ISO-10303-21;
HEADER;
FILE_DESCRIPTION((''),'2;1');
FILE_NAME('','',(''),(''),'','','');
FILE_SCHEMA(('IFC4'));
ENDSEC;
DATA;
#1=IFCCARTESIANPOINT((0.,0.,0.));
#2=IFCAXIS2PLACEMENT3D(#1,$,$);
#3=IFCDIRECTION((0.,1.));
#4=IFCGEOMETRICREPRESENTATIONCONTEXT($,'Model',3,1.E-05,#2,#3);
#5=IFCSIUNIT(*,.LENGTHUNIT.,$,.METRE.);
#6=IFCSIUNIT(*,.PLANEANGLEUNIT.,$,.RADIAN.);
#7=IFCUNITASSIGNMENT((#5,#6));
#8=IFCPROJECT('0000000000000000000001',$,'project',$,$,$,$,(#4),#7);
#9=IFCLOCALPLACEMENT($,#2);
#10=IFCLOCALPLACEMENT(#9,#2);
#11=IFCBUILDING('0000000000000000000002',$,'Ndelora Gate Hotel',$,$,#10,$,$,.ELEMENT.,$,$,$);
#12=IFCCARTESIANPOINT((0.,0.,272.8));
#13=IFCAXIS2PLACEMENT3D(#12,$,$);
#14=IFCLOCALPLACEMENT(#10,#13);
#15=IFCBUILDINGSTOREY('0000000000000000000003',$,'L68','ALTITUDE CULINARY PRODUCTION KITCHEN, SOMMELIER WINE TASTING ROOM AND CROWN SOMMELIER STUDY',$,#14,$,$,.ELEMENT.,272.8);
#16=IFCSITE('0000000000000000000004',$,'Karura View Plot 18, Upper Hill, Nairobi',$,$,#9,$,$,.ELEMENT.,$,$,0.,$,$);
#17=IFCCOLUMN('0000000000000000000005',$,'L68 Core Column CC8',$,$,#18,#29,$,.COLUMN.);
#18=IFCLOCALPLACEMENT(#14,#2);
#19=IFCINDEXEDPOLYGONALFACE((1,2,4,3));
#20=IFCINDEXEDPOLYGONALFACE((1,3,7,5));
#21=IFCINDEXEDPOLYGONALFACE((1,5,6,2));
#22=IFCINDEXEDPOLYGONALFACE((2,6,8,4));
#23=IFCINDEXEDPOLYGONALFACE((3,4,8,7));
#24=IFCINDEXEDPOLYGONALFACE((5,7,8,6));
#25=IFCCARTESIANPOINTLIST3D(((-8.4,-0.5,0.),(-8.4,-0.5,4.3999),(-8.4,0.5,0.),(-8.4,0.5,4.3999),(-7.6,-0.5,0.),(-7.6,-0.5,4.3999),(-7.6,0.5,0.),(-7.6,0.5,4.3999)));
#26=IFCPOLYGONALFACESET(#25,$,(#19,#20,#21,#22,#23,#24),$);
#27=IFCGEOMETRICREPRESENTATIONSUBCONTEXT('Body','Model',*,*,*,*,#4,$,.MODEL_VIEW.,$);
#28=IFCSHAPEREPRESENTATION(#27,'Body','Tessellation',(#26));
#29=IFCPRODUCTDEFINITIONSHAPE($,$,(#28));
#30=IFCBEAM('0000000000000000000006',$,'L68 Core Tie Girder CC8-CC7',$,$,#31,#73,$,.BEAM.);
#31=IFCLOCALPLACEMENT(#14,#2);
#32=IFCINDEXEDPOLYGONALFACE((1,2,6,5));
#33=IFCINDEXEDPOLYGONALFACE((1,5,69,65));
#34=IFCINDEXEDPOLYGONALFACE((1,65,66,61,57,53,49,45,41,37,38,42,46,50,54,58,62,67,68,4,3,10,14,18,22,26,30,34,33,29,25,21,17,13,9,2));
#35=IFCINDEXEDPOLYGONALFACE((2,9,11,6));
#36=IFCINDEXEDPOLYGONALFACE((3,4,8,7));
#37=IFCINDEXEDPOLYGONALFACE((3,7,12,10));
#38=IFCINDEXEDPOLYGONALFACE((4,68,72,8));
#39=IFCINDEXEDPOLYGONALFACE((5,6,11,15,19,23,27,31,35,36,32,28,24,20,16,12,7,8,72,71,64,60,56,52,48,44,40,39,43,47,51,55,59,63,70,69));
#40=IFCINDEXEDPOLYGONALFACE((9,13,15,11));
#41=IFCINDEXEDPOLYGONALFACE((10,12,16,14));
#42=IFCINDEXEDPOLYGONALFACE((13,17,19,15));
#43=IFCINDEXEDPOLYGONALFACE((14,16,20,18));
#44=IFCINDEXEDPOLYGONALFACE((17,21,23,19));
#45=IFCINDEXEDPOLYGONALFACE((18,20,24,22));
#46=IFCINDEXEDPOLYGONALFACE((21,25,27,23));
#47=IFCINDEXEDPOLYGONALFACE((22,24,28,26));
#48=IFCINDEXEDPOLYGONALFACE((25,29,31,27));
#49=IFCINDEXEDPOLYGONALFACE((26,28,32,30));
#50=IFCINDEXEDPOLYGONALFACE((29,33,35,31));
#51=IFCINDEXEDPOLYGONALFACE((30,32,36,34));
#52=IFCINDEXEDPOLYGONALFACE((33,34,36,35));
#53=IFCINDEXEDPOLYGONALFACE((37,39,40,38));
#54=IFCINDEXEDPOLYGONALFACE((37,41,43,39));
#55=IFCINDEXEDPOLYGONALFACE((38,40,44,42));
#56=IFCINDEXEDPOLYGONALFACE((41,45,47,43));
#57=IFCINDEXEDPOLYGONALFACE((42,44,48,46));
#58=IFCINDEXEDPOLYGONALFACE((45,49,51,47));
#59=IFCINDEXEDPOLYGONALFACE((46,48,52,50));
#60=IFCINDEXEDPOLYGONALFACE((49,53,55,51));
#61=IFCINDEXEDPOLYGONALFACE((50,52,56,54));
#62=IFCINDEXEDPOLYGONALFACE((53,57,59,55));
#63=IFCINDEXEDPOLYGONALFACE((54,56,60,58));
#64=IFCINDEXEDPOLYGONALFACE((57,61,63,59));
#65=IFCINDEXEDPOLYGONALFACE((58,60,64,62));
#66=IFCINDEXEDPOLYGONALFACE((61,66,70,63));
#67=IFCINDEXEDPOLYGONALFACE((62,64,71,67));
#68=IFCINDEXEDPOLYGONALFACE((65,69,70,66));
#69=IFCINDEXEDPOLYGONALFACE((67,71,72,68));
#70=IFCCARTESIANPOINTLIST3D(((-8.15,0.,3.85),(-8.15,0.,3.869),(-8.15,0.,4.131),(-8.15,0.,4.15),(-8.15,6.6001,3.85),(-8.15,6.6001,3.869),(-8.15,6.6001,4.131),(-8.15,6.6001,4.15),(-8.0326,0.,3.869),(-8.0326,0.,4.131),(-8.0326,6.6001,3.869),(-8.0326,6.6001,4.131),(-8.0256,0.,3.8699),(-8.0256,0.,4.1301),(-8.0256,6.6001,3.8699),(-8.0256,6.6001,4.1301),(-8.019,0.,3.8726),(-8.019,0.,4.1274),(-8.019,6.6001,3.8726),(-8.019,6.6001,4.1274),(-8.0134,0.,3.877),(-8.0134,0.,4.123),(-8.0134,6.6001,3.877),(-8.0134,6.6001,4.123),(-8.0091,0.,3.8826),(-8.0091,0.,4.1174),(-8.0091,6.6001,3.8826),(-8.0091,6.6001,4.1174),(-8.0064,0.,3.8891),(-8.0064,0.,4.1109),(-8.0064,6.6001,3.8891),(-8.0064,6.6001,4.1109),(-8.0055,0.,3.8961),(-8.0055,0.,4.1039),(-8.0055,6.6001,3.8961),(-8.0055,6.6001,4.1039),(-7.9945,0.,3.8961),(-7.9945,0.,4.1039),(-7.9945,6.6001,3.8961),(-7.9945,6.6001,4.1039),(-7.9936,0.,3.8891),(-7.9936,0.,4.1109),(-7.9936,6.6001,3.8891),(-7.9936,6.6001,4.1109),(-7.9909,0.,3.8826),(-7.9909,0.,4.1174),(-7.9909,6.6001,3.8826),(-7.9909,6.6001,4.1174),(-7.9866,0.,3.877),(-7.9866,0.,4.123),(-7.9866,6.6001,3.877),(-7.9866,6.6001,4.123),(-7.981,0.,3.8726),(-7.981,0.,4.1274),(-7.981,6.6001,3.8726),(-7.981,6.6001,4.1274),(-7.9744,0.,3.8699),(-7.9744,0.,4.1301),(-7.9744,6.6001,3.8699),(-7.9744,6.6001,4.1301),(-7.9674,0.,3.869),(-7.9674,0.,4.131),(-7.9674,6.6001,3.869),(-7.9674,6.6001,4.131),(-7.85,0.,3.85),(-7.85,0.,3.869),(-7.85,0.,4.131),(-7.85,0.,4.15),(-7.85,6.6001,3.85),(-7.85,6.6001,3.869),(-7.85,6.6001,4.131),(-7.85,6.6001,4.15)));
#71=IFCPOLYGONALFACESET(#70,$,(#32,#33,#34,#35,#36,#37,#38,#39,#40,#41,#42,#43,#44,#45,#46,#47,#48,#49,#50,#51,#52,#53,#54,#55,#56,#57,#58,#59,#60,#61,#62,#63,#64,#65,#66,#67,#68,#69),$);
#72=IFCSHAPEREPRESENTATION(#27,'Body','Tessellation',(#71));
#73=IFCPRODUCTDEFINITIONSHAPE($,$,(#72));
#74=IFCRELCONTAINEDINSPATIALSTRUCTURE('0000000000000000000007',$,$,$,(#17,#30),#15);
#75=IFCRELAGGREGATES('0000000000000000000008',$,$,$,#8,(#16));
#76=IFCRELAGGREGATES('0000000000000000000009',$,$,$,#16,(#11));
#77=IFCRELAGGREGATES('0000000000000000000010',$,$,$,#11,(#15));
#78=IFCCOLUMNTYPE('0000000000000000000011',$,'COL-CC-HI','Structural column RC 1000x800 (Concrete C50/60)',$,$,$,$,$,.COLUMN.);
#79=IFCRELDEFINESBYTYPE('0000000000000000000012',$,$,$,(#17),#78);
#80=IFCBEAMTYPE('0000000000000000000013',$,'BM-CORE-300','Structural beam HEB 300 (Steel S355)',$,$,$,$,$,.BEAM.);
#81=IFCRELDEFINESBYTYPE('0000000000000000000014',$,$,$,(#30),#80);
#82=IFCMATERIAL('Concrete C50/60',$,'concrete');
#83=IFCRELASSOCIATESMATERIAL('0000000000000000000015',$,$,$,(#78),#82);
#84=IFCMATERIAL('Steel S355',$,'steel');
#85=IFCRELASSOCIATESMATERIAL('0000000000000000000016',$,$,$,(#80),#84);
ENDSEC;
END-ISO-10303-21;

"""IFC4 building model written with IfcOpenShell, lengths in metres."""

from ifc_helpers import new_model, si_unit, direction, frame, origin, origin_2d, place, context, subcontext, project, spatial, rectangle, i_section, extrude, material, material_profile, profile_set, type_object, element, save


model = new_model("IFC4")

# Units and contexts
model_context = context("Model", 3, precision=1e-05, world=origin(), true_north=direction((0.0, 1.0)))
body_context = subcontext(model_context, "Body", "Model", "MODEL_VIEW")
ifc_project = project(units=[si_unit("LENGTHUNIT", "METRE"), si_unit("PLANEANGLEUNIT", "RADIAN")], contexts=[model_context])

# Site, building, storey
site_placement = place(None, origin())
site = spatial("IfcSite", under=ifc_project, at=site_placement, Name="Karura View Plot 18, Upper Hill, Nairobi", CompositionType="ELEMENT", RefElevation=0.0)
building_placement = place(site_placement, origin())
building = spatial("IfcBuilding", under=site, at=building_placement, Name="Ndelora Gate Hotel", CompositionType="ELEMENT")
storey_placement = place(building_placement, frame((0.0, 0.0, 272.8)))
storey = spatial("IfcBuildingStorey", under=building, at=storey_placement, Name="L68", Description="ALTITUDE CULINARY PRODUCTION KITCHEN, SOMMELIER WINE TASTING ROOM AND CROWN SOMMELIER STUDY", CompositionType="ELEMENT", Elevation=272.8)

# Column
ifc_material_1 = material(Name="Concrete C50/60", Category="concrete")
ifc_material_profile_1 = material_profile(ifc_material_1, rectangle(XDim=0.8, YDim=1.0, at=origin_2d()), Name="RC 1000x800")
ifc_profile_set_1 = profile_set([ifc_material_profile_1], Name="Concrete C50/60")
column_type = type_object("IfcColumnType", Name="COL-CC-HI", Description="Structural column RC 1000x800 (Concrete C50/60)", PredefinedType="COLUMN", material=ifc_profile_set_1)
column_placement = place(storey_placement, frame((-8.0, 0.0, 0.0), z_axis=(0.0, 0.0, 1.0), x_axis=(1.0, 0.0, 0.0)))
element("IfcColumn", 1, at=column_placement, inside=storey, type_object=column_type, Name="L68 Core Column CC8", PredefinedType="COLUMN", context=body_context, shape_type="SweptSolid", body=[
    extrude(rectangle(XDim=0.8, YDim=1.0, at=origin_2d()), origin(), (0.0, 0.0, 1.0), 4.3999),
])

# Beam
ifc_material_2 = material(Name="Steel S355", Category="steel")
ifc_material_profile_2 = material_profile(ifc_material_2, i_section(OverallWidth=0.3, OverallDepth=0.3, WebThickness=0.011, FlangeThickness=0.019, FilletRadius=0.0271, at=origin_2d()), Name="HEB 300")
ifc_profile_set_2 = profile_set([ifc_material_profile_2], Name="Steel S355")
beam_type = type_object("IfcBeamType", Name="BM-CORE-300", Description="Structural beam HEB 300 (Steel S355)", PredefinedType="BEAM", material=ifc_profile_set_2)
beam_placement = place(storey_placement, frame((-8.0, 0.0, 4.0), z_axis=(0.0, 1.0, 0.0), x_axis=(-1.0, 0.0, 0.0)))
element("IfcBeam", 2, at=beam_placement, inside=storey, type_object=beam_type, Name="L68 Core Tie Girder CC8-CC7", PredefinedType="BEAM", context=body_context, shape_type="SweptSolid", body=[
    extrude(i_section(OverallWidth=0.3, OverallDepth=0.3, WebThickness=0.011, FlangeThickness=0.019, FilletRadius=0.0271, at=origin_2d()), origin(), (0.0, 0.0, 1.0), 6.6001),
])

save(model, "model.ifc")
